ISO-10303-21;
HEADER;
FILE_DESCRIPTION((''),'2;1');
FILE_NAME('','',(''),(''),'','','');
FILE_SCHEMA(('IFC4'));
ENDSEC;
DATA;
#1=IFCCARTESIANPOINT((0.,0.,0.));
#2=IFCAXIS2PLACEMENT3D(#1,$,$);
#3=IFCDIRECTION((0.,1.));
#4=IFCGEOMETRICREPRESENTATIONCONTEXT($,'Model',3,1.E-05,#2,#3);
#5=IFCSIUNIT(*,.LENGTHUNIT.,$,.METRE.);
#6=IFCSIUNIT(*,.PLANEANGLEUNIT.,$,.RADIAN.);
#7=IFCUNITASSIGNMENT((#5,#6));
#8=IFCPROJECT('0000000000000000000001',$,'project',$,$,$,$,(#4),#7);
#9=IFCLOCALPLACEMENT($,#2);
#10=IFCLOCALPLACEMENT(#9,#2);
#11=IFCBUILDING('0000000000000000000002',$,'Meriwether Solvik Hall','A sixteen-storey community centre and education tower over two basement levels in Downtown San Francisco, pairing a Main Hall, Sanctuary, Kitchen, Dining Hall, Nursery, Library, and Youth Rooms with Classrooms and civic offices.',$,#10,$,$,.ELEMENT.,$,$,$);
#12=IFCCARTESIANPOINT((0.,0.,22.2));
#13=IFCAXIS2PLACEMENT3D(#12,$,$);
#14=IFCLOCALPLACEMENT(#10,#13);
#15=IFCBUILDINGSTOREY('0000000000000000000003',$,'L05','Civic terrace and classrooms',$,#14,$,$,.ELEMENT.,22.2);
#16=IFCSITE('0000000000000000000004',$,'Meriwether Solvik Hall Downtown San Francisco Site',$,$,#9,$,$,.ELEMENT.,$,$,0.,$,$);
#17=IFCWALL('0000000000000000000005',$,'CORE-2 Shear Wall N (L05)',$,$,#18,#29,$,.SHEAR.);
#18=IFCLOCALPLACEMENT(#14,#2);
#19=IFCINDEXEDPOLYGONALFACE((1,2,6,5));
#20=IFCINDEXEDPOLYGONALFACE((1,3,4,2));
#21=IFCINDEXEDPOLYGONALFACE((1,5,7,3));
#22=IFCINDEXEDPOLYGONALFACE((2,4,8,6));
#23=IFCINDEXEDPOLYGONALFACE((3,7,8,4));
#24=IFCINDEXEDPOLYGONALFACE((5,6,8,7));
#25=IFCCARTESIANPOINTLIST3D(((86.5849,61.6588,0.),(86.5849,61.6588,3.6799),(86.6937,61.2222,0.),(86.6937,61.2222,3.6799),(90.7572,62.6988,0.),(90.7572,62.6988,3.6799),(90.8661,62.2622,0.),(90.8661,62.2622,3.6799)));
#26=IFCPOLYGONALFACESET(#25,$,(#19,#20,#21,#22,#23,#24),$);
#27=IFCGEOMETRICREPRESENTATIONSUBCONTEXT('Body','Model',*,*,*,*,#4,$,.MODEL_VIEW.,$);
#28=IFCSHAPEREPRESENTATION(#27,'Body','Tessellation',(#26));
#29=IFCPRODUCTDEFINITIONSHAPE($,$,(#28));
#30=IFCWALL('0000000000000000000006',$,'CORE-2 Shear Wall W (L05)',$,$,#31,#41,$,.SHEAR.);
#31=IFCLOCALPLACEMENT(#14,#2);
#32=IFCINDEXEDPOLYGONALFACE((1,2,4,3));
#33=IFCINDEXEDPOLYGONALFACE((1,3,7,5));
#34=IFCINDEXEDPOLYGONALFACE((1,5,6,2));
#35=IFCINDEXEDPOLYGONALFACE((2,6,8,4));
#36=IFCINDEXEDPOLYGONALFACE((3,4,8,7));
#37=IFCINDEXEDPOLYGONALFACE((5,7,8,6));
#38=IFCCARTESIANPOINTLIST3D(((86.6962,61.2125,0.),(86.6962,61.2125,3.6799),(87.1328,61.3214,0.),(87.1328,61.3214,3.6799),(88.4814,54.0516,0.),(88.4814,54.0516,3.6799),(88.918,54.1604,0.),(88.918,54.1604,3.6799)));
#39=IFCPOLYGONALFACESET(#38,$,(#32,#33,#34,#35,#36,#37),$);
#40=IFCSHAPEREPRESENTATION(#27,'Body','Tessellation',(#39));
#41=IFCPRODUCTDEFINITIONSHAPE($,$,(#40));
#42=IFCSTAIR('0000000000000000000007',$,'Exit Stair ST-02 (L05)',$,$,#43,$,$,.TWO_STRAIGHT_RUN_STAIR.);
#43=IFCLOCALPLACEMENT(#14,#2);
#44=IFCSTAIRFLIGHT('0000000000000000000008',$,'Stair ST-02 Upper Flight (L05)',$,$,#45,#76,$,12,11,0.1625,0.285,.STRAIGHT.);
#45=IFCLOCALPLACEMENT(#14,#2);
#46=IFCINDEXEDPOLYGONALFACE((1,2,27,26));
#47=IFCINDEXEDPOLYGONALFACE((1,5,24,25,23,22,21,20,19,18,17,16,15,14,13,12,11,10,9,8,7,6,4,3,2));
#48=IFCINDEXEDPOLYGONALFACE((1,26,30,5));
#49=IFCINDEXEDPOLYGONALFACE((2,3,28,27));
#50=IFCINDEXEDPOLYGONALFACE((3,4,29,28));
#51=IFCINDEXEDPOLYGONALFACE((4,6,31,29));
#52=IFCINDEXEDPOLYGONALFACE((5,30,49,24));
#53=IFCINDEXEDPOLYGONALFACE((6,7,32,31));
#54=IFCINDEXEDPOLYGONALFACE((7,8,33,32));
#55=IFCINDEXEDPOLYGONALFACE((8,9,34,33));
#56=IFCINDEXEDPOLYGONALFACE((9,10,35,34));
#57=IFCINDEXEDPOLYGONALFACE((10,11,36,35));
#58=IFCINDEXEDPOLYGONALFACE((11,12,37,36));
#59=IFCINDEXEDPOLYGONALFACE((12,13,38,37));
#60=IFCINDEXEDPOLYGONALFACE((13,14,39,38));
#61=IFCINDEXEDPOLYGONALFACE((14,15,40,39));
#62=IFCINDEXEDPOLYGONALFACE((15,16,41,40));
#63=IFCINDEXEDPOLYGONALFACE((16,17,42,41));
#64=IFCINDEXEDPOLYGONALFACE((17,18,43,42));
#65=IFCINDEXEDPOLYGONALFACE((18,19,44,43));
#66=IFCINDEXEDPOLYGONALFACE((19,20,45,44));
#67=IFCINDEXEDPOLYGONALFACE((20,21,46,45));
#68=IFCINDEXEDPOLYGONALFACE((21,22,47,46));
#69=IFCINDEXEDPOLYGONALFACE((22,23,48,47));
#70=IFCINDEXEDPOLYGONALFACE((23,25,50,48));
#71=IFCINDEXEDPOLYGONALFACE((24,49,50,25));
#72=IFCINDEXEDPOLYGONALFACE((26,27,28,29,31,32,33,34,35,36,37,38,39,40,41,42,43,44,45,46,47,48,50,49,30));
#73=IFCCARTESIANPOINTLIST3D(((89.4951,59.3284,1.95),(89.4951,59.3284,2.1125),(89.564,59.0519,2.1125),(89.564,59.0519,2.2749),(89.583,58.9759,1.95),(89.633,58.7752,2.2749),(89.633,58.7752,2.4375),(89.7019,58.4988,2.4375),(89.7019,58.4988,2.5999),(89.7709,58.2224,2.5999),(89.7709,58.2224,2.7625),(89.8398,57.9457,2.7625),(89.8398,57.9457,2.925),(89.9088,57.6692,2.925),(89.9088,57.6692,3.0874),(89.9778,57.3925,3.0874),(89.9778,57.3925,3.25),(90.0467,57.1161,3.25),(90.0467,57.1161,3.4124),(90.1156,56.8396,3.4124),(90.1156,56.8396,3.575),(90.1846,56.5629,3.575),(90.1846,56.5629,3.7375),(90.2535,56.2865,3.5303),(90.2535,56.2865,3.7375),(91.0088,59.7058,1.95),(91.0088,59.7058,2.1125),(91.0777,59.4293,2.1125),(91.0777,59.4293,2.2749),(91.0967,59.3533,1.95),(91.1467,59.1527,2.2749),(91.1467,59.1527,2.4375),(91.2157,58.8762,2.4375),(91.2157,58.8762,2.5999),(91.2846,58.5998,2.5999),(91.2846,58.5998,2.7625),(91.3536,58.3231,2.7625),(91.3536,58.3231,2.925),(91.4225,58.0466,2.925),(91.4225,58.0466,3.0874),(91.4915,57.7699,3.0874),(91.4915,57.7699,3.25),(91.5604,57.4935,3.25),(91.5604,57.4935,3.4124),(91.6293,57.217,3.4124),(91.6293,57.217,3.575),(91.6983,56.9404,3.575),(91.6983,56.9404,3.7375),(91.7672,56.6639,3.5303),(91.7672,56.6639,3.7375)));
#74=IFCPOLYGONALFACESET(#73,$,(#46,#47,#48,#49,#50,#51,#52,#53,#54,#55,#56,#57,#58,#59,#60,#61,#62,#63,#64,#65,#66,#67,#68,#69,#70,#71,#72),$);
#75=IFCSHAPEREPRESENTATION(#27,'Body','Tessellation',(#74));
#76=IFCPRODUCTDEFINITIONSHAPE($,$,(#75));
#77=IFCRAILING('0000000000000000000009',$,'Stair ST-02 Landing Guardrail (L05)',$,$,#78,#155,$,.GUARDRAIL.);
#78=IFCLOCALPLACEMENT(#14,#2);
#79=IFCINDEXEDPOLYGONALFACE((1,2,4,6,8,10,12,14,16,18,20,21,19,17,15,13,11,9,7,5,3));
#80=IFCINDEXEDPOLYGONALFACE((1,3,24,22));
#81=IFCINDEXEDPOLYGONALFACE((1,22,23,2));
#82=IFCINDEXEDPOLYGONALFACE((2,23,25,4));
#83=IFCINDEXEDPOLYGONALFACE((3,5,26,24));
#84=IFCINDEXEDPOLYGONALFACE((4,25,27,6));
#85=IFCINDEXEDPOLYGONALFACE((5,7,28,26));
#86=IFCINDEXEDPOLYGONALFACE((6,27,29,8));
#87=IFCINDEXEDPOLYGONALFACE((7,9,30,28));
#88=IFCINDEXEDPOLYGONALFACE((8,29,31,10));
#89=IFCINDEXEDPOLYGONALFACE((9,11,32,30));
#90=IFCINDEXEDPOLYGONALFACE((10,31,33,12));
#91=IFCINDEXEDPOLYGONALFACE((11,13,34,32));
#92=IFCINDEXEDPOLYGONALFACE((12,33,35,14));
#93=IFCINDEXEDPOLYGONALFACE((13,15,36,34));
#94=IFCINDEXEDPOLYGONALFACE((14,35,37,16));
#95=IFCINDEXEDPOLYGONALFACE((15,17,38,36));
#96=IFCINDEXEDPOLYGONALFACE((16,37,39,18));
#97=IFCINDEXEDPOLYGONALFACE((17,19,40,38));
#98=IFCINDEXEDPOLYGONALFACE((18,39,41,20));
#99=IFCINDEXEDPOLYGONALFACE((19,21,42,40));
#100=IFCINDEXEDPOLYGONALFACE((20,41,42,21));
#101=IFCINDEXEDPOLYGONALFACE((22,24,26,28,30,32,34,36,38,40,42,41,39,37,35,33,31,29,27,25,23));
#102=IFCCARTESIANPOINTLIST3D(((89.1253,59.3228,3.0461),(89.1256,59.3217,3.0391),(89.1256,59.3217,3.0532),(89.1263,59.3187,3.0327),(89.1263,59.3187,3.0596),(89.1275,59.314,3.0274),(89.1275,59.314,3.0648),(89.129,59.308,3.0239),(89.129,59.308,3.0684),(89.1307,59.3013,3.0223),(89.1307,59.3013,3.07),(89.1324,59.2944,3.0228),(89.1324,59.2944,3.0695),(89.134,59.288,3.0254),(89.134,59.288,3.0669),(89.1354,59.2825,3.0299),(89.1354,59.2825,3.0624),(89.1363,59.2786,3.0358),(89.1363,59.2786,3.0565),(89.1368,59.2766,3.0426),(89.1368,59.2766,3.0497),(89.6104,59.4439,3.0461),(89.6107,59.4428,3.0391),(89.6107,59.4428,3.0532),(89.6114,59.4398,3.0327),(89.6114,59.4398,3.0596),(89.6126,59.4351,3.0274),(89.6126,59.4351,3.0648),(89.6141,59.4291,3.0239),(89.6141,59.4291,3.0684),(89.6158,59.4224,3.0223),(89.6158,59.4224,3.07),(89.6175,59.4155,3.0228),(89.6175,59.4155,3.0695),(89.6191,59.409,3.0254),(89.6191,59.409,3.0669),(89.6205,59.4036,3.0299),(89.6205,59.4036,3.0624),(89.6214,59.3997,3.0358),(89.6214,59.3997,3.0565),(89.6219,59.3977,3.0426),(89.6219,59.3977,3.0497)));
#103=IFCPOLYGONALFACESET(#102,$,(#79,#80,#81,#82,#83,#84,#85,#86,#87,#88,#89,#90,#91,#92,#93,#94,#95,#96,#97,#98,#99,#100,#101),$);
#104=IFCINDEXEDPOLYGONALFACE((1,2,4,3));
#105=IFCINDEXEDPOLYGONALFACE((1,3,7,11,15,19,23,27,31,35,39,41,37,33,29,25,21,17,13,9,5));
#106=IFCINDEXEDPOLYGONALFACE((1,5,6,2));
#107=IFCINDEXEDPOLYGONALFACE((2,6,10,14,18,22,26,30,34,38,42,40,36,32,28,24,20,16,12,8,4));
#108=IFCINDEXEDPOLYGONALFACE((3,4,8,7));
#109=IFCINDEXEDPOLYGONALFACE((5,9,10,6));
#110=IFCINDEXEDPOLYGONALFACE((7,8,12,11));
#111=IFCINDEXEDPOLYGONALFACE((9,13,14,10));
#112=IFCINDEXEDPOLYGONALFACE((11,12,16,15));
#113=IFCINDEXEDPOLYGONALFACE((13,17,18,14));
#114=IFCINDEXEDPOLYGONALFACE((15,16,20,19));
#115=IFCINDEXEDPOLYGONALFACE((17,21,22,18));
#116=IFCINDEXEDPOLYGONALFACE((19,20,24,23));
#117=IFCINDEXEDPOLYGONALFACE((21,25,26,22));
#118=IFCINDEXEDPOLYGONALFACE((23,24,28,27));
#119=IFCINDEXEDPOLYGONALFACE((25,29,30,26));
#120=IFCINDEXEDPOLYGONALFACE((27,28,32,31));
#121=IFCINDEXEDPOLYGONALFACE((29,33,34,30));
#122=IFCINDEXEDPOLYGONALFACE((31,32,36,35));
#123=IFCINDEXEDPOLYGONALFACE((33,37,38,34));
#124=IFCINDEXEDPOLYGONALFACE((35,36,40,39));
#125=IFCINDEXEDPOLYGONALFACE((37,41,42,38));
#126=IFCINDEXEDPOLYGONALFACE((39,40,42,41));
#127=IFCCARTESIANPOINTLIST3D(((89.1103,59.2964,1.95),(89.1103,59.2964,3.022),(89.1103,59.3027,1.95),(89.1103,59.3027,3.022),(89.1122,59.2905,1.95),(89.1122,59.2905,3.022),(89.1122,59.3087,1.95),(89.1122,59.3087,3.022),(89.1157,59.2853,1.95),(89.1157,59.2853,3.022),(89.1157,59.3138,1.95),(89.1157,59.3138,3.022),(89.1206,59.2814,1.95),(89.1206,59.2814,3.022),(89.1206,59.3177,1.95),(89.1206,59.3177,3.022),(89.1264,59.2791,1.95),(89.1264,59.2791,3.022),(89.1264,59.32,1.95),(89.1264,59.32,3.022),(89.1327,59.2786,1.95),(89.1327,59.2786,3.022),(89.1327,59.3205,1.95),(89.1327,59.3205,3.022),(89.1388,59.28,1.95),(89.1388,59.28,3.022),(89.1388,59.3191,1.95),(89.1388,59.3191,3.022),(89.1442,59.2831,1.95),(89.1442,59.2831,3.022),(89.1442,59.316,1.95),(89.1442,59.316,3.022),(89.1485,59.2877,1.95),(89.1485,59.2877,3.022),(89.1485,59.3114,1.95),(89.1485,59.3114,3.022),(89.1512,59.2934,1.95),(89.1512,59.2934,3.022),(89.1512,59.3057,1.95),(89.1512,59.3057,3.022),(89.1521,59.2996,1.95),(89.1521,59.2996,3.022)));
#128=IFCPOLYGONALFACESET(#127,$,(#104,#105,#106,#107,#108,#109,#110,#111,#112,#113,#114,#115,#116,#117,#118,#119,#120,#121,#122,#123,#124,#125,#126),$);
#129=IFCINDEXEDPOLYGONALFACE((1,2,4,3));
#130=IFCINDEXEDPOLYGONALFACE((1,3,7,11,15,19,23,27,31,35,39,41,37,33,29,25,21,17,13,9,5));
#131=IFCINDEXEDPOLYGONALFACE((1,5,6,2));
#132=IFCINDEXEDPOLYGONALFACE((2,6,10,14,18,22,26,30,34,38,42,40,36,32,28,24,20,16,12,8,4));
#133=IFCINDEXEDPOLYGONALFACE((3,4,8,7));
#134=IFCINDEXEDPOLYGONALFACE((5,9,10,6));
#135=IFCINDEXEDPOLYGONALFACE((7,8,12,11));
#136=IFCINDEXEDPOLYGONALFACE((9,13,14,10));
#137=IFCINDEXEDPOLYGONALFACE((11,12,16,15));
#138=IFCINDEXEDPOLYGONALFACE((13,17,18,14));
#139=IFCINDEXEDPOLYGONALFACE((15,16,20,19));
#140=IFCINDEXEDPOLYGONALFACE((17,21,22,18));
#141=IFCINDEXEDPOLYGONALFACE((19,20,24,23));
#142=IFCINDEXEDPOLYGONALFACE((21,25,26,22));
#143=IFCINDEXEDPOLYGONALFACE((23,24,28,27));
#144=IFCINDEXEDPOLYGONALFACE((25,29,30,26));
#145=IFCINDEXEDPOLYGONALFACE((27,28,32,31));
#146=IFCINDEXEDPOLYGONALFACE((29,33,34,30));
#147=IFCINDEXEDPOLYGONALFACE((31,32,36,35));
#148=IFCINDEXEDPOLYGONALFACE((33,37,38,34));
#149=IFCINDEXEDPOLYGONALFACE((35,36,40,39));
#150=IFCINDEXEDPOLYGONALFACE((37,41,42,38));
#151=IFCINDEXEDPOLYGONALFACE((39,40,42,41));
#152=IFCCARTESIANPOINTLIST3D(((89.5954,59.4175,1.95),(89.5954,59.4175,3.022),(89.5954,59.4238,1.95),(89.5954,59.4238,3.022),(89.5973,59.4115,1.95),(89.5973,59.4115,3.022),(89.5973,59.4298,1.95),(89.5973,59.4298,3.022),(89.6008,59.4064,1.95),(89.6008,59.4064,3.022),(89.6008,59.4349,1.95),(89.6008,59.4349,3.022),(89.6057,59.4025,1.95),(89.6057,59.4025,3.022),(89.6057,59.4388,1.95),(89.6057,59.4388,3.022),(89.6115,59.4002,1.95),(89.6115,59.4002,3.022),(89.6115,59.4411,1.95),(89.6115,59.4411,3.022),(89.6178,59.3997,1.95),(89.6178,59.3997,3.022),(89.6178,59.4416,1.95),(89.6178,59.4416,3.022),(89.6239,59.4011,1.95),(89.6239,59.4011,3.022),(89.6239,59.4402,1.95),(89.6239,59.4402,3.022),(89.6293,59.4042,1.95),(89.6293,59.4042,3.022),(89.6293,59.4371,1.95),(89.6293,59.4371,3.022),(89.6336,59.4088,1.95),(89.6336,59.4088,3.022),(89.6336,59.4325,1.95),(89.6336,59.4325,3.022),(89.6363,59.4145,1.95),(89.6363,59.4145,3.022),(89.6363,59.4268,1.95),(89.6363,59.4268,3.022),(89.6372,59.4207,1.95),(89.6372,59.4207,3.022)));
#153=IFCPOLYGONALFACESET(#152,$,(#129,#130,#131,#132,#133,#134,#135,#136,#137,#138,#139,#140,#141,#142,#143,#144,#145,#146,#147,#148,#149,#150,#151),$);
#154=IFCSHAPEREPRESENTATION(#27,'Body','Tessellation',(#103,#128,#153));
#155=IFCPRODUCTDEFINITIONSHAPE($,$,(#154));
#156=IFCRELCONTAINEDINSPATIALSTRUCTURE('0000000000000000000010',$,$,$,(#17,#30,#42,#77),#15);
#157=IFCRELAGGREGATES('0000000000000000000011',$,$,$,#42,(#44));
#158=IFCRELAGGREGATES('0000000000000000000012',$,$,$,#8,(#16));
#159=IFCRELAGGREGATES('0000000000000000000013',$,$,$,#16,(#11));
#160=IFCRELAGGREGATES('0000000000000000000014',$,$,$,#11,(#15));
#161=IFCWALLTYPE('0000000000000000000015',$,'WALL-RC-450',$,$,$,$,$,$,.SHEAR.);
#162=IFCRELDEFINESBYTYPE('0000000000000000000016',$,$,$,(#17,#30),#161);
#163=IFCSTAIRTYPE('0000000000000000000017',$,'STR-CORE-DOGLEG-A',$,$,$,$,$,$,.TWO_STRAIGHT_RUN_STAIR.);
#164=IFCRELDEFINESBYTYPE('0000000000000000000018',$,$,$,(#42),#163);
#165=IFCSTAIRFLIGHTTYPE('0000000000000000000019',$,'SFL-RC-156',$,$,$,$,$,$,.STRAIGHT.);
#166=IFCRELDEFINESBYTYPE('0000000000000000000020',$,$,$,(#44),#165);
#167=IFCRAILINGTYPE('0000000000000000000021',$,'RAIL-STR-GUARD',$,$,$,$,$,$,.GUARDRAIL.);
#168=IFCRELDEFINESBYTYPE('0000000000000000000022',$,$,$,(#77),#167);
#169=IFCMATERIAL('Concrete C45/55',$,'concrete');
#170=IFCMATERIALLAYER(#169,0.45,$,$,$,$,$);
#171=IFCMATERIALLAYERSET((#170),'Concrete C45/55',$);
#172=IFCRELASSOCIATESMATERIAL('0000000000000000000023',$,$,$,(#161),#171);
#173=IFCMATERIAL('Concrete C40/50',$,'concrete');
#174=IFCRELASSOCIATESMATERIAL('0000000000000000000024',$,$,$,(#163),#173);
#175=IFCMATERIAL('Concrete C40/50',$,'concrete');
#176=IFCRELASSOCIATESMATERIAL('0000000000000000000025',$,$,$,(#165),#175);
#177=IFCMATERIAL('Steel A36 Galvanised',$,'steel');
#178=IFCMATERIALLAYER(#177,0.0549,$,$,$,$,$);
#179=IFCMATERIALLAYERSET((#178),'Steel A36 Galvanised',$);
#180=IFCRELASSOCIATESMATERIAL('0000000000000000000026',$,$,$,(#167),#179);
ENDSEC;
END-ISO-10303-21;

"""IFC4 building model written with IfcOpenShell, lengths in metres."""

from ifc_helpers import new_model, si_unit, direction, frame, frame_2d, origin, origin_2d, place, context, subcontext, project, spatial, polyline, rectangle, circle, outline, extrude, material, layer, layer_set, type_object, element, aggregate, save


model = new_model("IFC4")

# Units and contexts
model_context = context("Model", 3, precision=1e-05, world=origin(), true_north=direction((0.0, 1.0)))
body_context = subcontext(model_context, "Body", "Model", "MODEL_VIEW")
ifc_project = project(units=[si_unit("LENGTHUNIT", "METRE"), si_unit("PLANEANGLEUNIT", "RADIAN")], contexts=[model_context])

# Site, building, storey
site_placement = place(None, origin())
site = spatial("IfcSite", under=ifc_project, at=site_placement, Name="Meriwether Solvik Hall Downtown San Francisco Site", CompositionType="ELEMENT", RefElevation=0.0)
building_placement = place(site_placement, origin())
building = spatial("IfcBuilding", under=site, at=building_placement, Name="Meriwether Solvik Hall", Description="A sixteen-storey community centre and education tower over two basement levels in Downtown San Francisco, pairing a Main Hall, Sanctuary, Kitchen, Dining Hall, Nursery, Library, and Youth Rooms with Classrooms and civic offices.", CompositionType="ELEMENT")
storey_placement = place(building_placement, frame((0.0, 0.0, 22.2)))
storey = spatial("IfcBuildingStorey", under=building, at=storey_placement, Name="L05", Description="Civic terrace and classrooms", CompositionType="ELEMENT", Elevation=22.2)

# Walls
ifc_material_1 = material(Name="Concrete C45/55", Category="concrete")
ifc_layer_1 = layer(ifc_material_1, 0.45)
ifc_layer_set_1 = layer_set([ifc_layer_1], Name="Concrete C45/55")
wall_type_1 = type_object("IfcWallType", Name="WALL-RC-450", PredefinedType="SHEAR", material=ifc_layer_set_1)
wall_1_placement = place(storey_placement, frame((90.8115, 62.4805, 0.0), z_axis=(0.0, 0.0, 1.0), x_axis=(-0.970309, -0.241868, 0.0)))
element("IfcWall", 1, at=wall_1_placement, inside=storey, type_object=wall_type_1, Name="CORE-2 Shear Wall N (L05)", PredefinedType="SHEAR", context=body_context, shape_type="SweptSolid", body=[
    extrude(rectangle(XDim=4.3, YDim=0.45, at=frame_2d((2.1499, 0.0))), origin(), (0.0, 0.0, 1.0), 3.6799),
])
wall_2_placement = place(storey_placement, frame((86.9146, 61.2668, 0.0), z_axis=(0.0, 0.0, 1.0), x_axis=(0.24189, -0.970304, 0.0)))
element("IfcWall", 2, at=wall_2_placement, inside=storey, type_object=wall_type_1, Name="CORE-2 Shear Wall W (L05)", PredefinedType="SHEAR", context=body_context, shape_type="SweptSolid", body=[
    extrude(rectangle(XDim=7.3801, YDim=0.45, at=frame_2d((3.6899, 0.0))), origin(), (0.0, 0.0, 1.0), 3.6799),
])

# Stair, stair flight
ifc_material_2 = material(Name="Concrete C40/50", Category="concrete")
stair_type = type_object("IfcStairType", Name="STR-CORE-DOGLEG-A", PredefinedType="TWO_STRAIGHT_RUN_STAIR", material=ifc_material_2)
stair_placement = place(storey_placement, origin())
stair = element("IfcStair", 3, at=stair_placement, inside=storey, type_object=stair_type, Name="Exit Stair ST-02 (L05)", PredefinedType="TWO_STRAIGHT_RUN_STAIR")
ifc_material_3 = material(Name="Concrete C40/50", Category="concrete")
stair_flight_type = type_object("IfcStairFlightType", Name="SFL-RC-156", PredefinedType="STRAIGHT", material=ifc_material_3)
stair_flight_placement = place(storey_placement, frame((90.252, 59.5171, 1.95), z_axis=(0.0, 0.0, 1.0), x_axis=(0.241922, -0.970296, 0.0)))
stair_flight = element("IfcStairFlight", 4, at=stair_flight_placement, type_object=stair_flight_type, Name="Stair ST-02 Upper Flight (L05)", NumberOfRisers=12, NumberOfTreads=11, PredefinedType="STRAIGHT", RiserHeight=0.1625, TreadLength=0.285, context=body_context, shape_type="SweptSolid", body=[
    extrude(outline(polyline([(0.0, 0.0), (0.0, 0.1626), (0.2849, 0.1626), (0.2849, 0.325), (0.5701, 0.325), (0.5701, 0.4875), (0.855, 0.4875), (0.855, 0.6499), (1.1399, 0.6499), (1.1399, 0.8125), (1.425, 0.8125), (1.425, 0.9751), (1.71, 0.9751), (1.71, 1.1375), (1.9951, 1.1375), (1.9951, 1.3), (2.28, 1.3), (2.28, 1.4624), (2.5649, 1.4624), (2.5649, 1.625), (2.8501, 1.625), (2.8501, 1.7876), (3.135, 1.7876), (3.135, 1.95), (3.135, 1.5803), (0.3633, 0.0), (0.0, 0.0)])), frame((0.0, 0.78, 0.0), z_axis=(0.0, -1.0, 0.0), x_axis=(1.0, 0.0, 0.0)), (0.0, 0.0, 1.0), 1.5601),
])
aggregate(stair, [stair_flight])

# Railing
ifc_material_4 = material(Name="Steel A36 Galvanised", Category="steel")
ifc_layer_2 = layer(ifc_material_4, 0.0549)
ifc_layer_set_2 = layer_set([ifc_layer_2], Name="Steel A36 Galvanised")
railing_type_1 = type_object("IfcRailingType", Name="RAIL-STR-GUARD", PredefinedType="GUARDRAIL", material=ifc_layer_set_2)
railing_1_placement = place(storey_placement, frame((89.1311, 59.2996, 1.95)))
element("IfcRailing", 5, at=railing_1_placement, inside=storey, type_object=railing_type_1, Name="Stair ST-02 Landing Guardrail (L05)", PredefinedType="GUARDRAIL", context=body_context, shape_type="SweptSolid", body=[
    extrude(circle(Radius=0.0239, at=origin_2d()), frame((0.0, 0.0, 1.0962), z_axis=(0.970229, 0.242191, 0.0), x_axis=(-0.242191, 0.970229, 0.0)), (0.0, 0.0, 1.0), 0.5),
    extrude(circle(Radius=0.021, at=origin_2d()), origin(), (0.0, 0.0, 1.0), 1.072),
    extrude(circle(Radius=0.021, at=origin_2d()), frame((0.4851, 0.1211, 0.0)), (0.0, 0.0, 1.0), 1.072),
])

save(model, "model.ifc")
